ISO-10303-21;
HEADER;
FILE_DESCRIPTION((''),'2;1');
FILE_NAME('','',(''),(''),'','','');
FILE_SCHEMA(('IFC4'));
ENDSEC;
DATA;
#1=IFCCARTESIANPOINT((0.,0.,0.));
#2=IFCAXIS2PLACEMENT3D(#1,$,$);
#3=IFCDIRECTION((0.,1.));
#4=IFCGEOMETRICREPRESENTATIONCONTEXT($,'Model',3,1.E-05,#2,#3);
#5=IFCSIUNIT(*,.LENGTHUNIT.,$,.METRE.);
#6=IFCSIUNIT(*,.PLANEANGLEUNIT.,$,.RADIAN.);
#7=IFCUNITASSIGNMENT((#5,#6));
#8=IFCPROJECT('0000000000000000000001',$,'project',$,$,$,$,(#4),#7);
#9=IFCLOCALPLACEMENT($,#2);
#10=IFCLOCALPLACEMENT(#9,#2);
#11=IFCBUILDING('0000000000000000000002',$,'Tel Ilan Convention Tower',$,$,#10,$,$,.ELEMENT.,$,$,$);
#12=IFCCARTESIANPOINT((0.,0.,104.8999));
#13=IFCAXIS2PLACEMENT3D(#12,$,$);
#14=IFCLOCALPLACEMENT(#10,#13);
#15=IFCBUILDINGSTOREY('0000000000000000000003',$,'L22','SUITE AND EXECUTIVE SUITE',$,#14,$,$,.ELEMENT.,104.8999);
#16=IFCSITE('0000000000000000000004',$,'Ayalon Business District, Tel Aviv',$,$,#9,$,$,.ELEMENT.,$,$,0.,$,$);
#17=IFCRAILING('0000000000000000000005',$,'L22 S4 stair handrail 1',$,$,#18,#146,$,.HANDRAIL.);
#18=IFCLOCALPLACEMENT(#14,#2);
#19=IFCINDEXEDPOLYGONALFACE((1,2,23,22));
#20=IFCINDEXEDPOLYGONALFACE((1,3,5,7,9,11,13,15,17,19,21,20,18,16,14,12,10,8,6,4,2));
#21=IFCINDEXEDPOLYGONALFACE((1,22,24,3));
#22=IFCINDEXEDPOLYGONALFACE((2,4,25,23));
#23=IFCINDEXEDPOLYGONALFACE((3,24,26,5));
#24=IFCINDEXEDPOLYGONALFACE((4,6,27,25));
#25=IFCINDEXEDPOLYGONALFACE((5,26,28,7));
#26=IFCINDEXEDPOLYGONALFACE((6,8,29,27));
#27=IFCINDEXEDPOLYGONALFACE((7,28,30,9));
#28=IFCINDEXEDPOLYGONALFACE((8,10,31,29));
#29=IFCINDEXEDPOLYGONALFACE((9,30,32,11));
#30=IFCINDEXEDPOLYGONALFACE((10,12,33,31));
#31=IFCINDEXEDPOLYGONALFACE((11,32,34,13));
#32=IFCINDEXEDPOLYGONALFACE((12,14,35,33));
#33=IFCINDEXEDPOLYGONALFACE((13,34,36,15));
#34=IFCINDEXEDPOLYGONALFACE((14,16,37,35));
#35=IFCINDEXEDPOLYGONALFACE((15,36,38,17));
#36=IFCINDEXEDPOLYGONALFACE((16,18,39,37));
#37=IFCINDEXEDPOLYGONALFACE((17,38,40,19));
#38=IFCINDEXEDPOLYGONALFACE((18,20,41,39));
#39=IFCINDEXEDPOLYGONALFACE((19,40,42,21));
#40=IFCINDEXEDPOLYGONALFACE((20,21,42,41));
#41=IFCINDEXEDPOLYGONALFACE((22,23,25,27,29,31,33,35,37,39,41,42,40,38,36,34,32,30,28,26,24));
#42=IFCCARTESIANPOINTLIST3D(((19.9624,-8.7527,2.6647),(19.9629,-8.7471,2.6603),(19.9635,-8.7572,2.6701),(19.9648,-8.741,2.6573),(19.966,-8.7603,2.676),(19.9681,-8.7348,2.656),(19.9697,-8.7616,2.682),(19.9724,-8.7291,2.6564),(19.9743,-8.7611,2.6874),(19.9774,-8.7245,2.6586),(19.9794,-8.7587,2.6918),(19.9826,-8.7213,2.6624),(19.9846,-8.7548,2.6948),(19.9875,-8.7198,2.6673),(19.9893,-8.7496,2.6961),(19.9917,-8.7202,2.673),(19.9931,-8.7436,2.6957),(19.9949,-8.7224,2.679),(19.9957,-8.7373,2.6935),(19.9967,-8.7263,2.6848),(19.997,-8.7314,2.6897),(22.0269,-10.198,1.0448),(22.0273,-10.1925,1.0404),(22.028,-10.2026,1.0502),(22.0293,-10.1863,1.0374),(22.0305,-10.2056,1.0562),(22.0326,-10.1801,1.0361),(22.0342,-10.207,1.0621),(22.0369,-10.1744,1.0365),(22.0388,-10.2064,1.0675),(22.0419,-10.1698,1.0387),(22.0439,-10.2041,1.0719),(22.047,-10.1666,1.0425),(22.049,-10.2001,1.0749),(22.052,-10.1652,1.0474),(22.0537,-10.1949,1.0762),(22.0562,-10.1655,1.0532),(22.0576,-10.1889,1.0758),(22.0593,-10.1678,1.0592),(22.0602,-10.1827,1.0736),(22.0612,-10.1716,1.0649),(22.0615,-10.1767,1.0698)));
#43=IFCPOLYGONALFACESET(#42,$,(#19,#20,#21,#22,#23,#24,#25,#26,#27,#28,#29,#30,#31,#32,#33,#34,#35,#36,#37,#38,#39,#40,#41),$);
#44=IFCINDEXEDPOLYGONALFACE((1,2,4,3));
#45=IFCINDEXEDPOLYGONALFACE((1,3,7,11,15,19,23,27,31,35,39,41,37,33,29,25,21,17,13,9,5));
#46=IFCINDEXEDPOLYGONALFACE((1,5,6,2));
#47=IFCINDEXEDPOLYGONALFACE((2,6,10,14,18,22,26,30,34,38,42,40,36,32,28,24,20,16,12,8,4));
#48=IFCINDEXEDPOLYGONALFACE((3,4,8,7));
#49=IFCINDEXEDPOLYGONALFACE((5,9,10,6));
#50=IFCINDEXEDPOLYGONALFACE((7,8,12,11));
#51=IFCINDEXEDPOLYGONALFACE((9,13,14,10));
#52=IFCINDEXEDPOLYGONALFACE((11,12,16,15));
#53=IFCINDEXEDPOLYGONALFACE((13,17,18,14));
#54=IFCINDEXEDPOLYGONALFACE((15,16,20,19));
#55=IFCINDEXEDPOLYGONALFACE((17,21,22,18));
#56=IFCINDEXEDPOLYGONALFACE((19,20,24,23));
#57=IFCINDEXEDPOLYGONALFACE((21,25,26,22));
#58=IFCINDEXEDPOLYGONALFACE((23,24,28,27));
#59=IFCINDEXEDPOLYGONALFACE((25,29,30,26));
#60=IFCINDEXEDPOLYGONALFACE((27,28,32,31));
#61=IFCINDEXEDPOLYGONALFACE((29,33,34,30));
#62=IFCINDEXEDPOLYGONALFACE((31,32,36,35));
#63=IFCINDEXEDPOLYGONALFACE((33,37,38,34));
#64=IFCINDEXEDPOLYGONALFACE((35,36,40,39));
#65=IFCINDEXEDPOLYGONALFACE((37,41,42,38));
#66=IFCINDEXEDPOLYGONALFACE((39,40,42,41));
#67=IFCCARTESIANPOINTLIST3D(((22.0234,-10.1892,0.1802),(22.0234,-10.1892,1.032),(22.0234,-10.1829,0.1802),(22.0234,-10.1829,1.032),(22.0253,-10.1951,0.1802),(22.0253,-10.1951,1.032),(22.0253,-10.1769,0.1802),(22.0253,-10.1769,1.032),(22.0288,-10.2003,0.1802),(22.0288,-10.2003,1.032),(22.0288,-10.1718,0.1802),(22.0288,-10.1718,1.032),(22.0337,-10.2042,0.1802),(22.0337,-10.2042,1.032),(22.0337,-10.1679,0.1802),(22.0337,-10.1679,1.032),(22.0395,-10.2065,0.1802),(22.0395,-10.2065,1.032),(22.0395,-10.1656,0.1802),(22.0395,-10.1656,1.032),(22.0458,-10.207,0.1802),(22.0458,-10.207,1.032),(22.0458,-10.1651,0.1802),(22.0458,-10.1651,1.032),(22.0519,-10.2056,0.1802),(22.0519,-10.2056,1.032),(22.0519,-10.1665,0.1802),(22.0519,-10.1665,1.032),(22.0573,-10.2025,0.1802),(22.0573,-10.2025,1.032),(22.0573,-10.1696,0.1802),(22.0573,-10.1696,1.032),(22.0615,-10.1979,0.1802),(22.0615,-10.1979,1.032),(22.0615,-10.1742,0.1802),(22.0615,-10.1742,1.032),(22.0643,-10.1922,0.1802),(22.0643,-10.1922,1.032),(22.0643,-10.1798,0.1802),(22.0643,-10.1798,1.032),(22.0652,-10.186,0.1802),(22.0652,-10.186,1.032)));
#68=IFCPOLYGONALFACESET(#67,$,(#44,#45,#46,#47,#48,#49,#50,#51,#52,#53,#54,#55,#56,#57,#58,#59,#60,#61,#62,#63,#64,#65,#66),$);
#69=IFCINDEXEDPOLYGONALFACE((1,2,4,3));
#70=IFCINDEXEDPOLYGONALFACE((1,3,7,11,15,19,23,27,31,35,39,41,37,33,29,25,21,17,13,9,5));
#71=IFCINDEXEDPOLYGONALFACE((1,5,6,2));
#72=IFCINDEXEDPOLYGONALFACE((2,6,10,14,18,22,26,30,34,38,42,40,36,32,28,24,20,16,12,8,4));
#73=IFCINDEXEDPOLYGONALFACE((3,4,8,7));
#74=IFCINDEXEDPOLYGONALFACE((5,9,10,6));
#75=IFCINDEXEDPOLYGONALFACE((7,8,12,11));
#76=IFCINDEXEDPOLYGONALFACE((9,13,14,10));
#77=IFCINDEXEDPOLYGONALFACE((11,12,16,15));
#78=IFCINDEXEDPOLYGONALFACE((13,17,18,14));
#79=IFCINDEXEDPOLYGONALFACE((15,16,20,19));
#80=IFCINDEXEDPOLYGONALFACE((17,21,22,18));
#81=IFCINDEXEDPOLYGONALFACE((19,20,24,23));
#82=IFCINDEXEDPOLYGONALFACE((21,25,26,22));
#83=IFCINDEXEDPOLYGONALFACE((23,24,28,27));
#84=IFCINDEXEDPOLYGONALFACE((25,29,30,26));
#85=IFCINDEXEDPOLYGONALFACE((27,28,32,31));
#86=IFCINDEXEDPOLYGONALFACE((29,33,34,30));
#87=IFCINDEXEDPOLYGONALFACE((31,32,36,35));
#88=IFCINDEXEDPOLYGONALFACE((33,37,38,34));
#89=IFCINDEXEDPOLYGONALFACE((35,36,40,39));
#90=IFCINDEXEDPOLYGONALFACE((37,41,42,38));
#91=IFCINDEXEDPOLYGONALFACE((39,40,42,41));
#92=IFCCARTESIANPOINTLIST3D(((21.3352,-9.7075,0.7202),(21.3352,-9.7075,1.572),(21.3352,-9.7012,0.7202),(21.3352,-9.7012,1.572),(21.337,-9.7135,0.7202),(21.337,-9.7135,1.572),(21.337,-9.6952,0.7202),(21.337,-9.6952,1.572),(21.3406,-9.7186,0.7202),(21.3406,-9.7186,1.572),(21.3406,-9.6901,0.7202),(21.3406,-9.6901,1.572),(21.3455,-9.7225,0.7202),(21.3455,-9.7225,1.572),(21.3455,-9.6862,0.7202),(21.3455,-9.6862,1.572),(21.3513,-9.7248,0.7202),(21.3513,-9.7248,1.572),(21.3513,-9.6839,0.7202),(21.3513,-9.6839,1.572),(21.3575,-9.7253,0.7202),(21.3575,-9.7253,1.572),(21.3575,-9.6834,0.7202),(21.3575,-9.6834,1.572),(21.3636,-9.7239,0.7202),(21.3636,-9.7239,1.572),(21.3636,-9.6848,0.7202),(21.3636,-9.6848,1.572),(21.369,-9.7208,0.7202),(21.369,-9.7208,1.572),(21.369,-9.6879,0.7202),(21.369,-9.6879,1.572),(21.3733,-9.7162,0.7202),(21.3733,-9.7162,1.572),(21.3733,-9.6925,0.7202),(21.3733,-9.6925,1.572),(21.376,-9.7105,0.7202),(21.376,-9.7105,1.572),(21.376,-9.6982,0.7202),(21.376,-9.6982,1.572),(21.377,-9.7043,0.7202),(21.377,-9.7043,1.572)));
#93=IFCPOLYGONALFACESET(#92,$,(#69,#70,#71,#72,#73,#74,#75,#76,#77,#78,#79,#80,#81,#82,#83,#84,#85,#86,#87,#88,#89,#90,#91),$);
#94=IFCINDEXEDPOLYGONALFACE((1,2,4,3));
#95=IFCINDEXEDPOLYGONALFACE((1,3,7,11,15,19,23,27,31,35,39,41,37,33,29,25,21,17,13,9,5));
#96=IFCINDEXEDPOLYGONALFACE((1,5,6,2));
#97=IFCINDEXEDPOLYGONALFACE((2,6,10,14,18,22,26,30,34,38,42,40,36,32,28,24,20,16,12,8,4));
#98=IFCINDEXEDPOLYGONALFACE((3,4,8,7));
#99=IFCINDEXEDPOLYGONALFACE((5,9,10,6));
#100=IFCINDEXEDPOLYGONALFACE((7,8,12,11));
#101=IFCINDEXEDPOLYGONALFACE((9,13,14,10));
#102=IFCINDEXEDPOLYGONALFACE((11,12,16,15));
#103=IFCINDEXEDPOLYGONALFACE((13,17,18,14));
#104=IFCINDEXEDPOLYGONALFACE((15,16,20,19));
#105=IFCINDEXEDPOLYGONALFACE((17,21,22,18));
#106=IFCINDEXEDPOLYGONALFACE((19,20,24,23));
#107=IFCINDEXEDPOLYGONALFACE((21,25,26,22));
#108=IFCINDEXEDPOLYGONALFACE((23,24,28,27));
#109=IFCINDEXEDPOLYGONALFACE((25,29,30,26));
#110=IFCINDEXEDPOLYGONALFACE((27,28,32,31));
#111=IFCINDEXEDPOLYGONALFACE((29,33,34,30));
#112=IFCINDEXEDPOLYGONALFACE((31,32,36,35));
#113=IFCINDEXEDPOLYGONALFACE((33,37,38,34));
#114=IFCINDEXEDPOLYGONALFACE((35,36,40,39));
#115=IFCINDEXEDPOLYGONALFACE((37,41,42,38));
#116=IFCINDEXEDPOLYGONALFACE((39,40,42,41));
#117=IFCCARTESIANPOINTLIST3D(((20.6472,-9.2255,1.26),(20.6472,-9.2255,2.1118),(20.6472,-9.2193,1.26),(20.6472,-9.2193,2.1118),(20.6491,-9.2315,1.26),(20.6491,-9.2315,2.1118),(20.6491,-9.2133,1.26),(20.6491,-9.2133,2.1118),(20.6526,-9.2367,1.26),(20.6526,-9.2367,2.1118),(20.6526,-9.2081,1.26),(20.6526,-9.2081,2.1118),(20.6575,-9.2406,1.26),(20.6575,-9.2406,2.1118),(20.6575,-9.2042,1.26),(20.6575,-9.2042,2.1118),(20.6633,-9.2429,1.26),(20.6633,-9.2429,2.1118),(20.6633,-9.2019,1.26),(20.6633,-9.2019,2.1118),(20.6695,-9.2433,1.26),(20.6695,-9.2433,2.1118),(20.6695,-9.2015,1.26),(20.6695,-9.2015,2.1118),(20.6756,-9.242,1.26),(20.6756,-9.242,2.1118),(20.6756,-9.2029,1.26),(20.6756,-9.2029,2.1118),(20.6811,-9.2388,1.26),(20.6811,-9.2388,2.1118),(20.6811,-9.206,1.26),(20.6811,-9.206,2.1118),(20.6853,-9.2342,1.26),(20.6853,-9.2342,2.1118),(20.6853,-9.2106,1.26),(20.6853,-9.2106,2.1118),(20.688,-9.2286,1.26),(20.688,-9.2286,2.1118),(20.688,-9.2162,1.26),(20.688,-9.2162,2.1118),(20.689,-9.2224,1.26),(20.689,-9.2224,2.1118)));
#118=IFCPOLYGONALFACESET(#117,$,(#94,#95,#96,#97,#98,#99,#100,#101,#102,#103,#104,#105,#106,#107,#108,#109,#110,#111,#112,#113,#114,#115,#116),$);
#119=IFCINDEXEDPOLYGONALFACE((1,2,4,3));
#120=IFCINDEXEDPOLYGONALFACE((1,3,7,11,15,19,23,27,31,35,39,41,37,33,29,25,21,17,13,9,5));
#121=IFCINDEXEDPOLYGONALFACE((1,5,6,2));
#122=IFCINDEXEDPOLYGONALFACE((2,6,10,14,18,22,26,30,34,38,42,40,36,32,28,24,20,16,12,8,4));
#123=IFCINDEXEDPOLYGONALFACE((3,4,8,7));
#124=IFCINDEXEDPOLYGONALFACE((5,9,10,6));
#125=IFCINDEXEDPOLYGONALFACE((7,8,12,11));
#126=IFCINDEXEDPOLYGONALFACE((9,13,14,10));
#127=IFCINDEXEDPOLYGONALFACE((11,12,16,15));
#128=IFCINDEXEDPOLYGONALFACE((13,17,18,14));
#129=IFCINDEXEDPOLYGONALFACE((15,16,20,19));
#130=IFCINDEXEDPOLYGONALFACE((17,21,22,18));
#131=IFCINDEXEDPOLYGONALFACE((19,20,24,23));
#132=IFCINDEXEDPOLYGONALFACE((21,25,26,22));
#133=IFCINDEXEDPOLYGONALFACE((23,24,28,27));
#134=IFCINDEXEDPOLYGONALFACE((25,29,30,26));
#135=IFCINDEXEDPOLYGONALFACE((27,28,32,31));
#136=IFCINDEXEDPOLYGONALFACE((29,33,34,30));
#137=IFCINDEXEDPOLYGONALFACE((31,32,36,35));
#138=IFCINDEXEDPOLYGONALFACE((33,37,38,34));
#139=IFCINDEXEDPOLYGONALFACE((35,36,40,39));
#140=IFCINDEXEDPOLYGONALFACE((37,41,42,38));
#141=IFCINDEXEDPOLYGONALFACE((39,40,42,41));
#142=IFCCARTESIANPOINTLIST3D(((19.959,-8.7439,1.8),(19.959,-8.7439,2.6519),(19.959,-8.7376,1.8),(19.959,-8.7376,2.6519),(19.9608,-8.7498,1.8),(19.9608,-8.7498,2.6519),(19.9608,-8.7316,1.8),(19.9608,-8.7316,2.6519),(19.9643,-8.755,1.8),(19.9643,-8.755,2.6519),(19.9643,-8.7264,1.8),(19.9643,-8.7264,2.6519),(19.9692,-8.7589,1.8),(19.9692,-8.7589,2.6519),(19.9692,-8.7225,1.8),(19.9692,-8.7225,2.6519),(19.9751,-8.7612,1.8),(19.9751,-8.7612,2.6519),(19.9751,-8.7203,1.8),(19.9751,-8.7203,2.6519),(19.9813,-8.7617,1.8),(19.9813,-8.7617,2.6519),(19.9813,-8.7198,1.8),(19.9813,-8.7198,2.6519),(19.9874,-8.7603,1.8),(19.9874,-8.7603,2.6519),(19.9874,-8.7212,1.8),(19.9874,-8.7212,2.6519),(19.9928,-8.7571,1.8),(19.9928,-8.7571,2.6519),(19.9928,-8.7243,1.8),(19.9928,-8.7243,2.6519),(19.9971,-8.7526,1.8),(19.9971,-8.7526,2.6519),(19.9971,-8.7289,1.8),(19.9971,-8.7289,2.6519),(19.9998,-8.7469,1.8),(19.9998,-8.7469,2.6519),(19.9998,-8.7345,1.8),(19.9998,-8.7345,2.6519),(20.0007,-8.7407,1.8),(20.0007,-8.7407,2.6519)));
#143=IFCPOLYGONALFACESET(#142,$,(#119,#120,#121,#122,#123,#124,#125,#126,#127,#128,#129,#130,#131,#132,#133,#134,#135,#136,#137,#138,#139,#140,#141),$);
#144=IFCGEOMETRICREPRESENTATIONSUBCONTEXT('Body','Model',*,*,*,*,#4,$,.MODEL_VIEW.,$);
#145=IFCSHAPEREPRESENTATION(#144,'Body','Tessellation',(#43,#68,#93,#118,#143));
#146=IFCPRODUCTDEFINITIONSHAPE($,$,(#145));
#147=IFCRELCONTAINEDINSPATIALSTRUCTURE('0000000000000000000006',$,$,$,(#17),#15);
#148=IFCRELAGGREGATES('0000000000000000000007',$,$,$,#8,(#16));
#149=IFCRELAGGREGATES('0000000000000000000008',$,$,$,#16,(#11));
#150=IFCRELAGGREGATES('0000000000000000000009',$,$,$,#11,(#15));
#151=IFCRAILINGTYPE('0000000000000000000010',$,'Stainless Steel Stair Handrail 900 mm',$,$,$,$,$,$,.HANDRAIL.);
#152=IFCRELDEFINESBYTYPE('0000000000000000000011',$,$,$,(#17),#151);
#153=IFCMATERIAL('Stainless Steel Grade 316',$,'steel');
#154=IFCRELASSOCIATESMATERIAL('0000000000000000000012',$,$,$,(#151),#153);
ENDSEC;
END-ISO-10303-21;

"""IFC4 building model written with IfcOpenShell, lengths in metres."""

from ifc_helpers import new_model, si_unit, direction, frame, origin, origin_2d, place, context, subcontext, project, spatial, circle, extrude, material, type_object, element, save


model = new_model("IFC4")

# Units and contexts
model_context = context("Model", 3, precision=1e-05, world=origin(), true_north=direction((0.0, 1.0)))
body_context = subcontext(model_context, "Body", "Model", "MODEL_VIEW")
ifc_project = project(units=[si_unit("LENGTHUNIT", "METRE"), si_unit("PLANEANGLEUNIT", "RADIAN")], contexts=[model_context])

# Site, building, storey
site_placement = place(None, origin())
site = spatial("IfcSite", under=ifc_project, at=site_placement, Name="Ayalon Business District, Tel Aviv", CompositionType="ELEMENT", RefElevation=0.0)
building_placement = place(site_placement, origin())
building = spatial("IfcBuilding", under=site, at=building_placement, Name="Tel Ilan Convention Tower", CompositionType="ELEMENT")
storey_placement = place(building_placement, frame((0.0, 0.0, 104.8999)))
storey = spatial("IfcBuildingStorey", under=building, at=storey_placement, Name="L22", Description="SUITE AND EXECUTIVE SUITE", CompositionType="ELEMENT", Elevation=104.8999)

# Railing
ifc_material_1 = material(Name="Stainless Steel Grade 316", Category="steel")
railing_type_1 = type_object("IfcRailingType", Name="Stainless Steel Stair Handrail 900 mm", PredefinedType="HANDRAIL", material=ifc_material_1)
railing_1_placement = place(storey_placement, frame((22.0442, -10.186, 0.1802)))
element("IfcRailing", 1, at=railing_1_placement, inside=storey, type_object=railing_type_1, Name="L22 S4 stair handrail 1", PredefinedType="HANDRAIL", context=body_context, shape_type="SweptSolid", body=[
    extrude(circle(Radius=0.0239, at=origin_2d()), frame((0.0, 0.0, 0.876), z_axis=(-0.689113, 0.482444, 0.540713), x_axis=(-0.573514, -0.819196, 0.0)), (0.0, 0.0, 1.0), 2.9958),
    extrude(circle(Radius=0.021, at=origin_2d()), origin(), (0.0, 0.0, 1.0), 0.8518),
    extrude(circle(Radius=0.021, at=origin_2d()), frame((-0.6882, 0.4817, 0.54)), (0.0, 0.0, 1.0), 0.8518),
    extrude(circle(Radius=0.021, at=origin_2d()), frame((-1.3762, 0.9636, 1.0798)), (0.0, 0.0, 1.0), 0.8518),
    extrude(circle(Radius=0.021, at=origin_2d()), frame((-2.0645, 1.4453, 1.6199)), (0.0, 0.0, 1.0), 0.8518),
])

save(model, "model.ifc")
